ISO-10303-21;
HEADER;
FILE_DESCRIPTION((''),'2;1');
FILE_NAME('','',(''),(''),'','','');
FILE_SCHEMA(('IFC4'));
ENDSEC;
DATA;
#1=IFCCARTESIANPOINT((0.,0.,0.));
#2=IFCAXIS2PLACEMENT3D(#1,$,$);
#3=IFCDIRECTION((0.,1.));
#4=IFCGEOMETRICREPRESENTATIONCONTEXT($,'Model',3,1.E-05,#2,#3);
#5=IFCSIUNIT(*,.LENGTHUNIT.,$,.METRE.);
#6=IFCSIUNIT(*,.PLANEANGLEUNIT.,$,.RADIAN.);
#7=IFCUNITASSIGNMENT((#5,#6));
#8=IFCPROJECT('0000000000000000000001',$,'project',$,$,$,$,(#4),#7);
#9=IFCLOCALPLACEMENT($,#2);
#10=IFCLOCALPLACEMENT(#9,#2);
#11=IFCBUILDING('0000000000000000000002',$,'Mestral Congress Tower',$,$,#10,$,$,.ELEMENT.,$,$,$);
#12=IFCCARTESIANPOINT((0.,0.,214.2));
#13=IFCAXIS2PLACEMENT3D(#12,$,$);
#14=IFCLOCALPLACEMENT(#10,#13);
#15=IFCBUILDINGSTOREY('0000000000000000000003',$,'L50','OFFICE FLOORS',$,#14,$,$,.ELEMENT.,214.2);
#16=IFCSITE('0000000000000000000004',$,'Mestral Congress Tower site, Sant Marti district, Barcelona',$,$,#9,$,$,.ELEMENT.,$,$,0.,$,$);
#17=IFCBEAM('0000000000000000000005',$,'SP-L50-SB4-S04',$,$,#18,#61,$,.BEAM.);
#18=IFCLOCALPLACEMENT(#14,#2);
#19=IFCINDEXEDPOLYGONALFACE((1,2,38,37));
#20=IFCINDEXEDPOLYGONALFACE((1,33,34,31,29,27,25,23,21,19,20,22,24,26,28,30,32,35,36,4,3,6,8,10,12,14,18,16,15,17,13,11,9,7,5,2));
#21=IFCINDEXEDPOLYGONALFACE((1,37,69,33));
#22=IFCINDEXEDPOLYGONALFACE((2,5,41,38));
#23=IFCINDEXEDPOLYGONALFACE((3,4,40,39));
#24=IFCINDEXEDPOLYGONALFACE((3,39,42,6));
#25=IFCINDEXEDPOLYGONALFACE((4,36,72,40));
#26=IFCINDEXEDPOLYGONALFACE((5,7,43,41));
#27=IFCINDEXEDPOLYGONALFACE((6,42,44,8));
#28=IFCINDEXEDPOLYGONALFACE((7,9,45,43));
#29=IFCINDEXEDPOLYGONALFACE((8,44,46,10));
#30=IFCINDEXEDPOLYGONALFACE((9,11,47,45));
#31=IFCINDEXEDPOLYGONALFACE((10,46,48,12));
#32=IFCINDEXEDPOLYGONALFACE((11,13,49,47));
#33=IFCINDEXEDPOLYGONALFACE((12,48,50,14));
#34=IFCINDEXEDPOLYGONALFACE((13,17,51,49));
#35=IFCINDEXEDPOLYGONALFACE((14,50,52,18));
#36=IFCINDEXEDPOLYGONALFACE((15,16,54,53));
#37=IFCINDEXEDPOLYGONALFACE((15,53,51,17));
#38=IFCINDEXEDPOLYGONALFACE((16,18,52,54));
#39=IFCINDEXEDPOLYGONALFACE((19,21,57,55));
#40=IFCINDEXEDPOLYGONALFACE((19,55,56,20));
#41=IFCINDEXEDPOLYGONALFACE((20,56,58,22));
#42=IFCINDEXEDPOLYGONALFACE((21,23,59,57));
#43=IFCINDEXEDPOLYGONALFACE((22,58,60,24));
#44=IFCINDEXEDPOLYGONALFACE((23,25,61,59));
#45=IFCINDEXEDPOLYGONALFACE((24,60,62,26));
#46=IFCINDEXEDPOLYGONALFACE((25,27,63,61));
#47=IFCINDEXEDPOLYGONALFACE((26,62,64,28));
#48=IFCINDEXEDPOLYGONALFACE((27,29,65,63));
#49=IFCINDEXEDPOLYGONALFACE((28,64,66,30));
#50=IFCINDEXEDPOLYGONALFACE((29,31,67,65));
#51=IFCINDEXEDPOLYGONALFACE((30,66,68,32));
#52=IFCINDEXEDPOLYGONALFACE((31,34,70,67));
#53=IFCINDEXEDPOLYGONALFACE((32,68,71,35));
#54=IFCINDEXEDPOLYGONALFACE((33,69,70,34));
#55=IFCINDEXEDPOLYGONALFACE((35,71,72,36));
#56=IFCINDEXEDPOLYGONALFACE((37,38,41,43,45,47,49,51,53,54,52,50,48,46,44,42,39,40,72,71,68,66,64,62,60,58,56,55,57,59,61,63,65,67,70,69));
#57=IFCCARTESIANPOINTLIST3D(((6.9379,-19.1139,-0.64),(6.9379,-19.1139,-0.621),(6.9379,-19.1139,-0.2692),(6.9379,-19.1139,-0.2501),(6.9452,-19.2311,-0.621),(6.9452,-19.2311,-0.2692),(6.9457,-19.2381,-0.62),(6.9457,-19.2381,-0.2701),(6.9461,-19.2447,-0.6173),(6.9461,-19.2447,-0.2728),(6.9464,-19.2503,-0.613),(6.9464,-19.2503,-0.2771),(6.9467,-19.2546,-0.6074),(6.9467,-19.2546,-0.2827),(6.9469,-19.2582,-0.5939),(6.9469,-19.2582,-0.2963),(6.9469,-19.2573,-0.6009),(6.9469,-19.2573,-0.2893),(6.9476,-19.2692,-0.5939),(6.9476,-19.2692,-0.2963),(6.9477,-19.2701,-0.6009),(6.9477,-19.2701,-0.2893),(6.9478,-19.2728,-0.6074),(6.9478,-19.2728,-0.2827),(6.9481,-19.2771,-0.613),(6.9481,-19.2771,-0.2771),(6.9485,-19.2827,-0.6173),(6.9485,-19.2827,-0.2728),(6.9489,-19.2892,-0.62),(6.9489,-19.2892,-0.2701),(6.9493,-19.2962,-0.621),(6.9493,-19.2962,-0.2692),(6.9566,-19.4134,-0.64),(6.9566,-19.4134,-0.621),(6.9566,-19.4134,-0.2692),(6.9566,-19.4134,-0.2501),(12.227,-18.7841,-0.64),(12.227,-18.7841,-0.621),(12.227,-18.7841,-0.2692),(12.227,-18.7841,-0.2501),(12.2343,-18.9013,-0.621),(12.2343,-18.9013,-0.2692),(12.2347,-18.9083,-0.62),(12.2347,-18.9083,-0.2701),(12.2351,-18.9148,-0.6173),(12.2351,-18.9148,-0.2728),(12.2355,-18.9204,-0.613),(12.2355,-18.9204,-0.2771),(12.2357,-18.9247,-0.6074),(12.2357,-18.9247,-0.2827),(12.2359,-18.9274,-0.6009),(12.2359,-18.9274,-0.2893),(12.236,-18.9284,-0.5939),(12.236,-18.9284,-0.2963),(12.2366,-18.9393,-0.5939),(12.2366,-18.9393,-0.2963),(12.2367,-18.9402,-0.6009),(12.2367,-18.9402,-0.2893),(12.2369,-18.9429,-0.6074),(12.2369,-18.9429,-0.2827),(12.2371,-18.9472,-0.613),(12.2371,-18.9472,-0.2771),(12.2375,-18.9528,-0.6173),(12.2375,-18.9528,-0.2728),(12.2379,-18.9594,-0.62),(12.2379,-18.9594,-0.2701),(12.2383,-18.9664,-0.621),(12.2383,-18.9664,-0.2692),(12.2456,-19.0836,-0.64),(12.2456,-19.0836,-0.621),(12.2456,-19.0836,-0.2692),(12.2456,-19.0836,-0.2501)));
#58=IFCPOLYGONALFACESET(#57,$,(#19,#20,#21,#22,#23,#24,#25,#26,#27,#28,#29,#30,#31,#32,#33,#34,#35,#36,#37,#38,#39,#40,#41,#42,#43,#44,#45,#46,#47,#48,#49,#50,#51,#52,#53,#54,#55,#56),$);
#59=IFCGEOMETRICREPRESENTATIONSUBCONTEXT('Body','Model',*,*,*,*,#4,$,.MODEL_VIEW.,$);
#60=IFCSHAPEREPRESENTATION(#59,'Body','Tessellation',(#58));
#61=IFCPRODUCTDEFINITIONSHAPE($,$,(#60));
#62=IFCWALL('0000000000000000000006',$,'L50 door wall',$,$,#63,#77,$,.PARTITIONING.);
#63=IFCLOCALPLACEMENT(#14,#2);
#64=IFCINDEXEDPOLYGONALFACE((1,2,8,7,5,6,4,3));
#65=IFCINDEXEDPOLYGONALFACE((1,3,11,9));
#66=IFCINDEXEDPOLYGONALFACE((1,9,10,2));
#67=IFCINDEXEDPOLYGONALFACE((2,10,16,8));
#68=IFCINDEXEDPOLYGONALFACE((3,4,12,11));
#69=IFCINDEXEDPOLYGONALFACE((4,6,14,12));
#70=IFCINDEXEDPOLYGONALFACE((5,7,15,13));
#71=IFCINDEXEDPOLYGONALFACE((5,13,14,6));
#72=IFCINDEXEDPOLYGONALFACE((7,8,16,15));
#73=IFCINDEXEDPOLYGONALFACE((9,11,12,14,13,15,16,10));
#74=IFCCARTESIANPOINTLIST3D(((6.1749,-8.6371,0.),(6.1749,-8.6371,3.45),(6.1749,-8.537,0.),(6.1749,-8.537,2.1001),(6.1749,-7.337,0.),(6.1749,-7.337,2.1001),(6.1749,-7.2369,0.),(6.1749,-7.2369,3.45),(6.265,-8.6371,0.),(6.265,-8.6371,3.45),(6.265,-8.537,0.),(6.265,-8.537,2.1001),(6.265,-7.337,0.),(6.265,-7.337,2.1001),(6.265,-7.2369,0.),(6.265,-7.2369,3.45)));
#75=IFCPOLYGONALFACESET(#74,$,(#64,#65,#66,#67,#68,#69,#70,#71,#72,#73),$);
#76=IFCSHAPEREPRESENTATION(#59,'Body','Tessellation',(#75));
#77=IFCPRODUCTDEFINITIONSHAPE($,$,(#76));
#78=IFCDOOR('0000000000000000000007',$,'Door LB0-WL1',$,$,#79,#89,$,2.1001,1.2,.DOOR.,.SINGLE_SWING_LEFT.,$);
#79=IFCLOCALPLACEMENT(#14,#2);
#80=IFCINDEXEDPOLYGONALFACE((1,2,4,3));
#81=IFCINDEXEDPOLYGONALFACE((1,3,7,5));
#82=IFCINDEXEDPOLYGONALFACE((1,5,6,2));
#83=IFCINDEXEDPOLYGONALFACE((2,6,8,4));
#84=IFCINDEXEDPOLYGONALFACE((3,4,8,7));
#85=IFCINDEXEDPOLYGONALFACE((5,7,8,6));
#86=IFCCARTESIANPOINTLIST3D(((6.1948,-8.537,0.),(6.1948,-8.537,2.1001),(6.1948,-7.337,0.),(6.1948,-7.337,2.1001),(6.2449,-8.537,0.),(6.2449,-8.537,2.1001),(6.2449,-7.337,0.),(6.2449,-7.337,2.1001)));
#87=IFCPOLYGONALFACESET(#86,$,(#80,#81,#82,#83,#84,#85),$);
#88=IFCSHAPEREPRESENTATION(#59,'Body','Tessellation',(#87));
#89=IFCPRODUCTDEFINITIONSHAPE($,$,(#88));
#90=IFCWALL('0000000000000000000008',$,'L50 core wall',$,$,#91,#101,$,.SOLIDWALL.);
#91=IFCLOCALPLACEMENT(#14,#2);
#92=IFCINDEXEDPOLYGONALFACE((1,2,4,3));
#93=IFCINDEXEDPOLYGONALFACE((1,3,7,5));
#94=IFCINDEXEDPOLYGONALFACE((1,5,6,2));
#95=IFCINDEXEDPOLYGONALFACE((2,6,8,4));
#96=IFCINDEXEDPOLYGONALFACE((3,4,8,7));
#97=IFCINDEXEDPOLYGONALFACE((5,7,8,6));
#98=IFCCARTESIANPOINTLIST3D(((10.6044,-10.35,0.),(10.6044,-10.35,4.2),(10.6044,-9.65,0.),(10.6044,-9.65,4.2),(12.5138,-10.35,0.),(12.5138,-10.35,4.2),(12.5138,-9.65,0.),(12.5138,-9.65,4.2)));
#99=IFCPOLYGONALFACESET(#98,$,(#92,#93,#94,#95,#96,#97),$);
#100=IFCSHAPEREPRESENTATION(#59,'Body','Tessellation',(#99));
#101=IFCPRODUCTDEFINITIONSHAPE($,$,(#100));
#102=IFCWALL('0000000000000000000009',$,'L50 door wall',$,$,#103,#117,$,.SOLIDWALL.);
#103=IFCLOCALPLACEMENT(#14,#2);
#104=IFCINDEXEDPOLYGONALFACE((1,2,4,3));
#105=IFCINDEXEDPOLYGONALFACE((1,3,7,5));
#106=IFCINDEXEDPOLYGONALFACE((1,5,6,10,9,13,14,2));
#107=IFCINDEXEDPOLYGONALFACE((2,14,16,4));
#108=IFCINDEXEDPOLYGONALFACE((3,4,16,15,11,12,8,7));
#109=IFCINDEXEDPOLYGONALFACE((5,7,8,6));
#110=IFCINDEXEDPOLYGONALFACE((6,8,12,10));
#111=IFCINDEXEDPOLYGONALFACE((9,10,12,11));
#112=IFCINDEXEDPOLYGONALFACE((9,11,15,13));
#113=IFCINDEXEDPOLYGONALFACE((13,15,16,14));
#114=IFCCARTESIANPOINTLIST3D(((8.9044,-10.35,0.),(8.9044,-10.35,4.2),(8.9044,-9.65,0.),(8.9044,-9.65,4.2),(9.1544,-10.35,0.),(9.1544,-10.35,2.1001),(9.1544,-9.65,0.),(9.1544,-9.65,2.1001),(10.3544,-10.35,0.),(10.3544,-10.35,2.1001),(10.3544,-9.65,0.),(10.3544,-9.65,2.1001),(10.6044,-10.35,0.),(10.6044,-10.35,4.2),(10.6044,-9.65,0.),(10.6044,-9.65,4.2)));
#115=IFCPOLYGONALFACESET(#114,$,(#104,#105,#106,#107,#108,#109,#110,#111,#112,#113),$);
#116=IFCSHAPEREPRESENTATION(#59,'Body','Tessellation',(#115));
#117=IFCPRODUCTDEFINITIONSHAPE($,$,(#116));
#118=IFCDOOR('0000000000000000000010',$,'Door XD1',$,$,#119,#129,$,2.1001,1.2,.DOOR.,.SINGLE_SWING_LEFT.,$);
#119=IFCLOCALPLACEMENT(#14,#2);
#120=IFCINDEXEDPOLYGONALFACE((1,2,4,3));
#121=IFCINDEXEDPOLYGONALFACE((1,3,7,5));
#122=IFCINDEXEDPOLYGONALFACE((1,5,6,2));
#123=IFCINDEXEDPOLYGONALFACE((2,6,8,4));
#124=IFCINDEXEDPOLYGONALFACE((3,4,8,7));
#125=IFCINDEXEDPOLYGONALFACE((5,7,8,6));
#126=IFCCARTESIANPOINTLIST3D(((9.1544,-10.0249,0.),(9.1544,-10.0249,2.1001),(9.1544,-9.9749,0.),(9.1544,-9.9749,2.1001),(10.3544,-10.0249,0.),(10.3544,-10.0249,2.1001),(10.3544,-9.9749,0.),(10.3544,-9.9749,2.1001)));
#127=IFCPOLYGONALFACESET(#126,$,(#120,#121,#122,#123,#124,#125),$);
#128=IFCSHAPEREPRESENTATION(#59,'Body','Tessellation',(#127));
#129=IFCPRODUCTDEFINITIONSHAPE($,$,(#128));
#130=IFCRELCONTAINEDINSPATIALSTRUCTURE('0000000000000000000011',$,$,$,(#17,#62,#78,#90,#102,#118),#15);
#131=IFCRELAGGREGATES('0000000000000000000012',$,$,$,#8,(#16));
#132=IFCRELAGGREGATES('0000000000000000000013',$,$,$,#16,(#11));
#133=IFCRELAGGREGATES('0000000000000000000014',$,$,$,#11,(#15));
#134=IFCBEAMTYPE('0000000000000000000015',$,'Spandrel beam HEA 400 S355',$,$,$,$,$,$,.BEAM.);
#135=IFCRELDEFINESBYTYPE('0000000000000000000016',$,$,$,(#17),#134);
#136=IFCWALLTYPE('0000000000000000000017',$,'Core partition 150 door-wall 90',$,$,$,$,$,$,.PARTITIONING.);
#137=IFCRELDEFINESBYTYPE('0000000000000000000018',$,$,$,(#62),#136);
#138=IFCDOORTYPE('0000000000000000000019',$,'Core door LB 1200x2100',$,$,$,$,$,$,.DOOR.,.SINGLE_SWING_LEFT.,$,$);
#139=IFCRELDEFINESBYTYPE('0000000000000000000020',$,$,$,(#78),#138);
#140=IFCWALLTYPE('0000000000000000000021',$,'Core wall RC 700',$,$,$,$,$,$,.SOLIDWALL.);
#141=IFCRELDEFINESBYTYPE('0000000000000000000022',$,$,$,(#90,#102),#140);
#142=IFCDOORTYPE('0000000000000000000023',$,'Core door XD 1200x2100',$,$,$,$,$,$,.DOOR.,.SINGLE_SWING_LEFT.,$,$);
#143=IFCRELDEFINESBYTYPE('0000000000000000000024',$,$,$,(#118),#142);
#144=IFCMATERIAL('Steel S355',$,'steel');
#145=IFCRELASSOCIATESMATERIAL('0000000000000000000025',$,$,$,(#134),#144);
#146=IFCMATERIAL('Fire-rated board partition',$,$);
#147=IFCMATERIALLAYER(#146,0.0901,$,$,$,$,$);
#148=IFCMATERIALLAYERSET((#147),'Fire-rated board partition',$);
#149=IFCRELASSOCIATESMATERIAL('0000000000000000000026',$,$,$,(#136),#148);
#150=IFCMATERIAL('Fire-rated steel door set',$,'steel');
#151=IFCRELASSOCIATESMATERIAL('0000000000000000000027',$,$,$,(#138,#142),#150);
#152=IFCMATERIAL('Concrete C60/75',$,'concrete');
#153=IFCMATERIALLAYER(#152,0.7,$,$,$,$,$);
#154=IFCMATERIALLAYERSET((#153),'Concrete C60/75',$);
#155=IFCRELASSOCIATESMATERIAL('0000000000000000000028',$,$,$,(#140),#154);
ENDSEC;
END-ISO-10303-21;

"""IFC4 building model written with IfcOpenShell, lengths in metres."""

from ifc_helpers import new_model, si_unit, direction, frame, frame_2d, origin, origin_2d, place, context, subcontext, project, spatial, rectangle, i_section, extrude, material, layer, layer_set, material_profile, profile_set, type_object, element, fill, save


model = new_model("IFC4")

# Units and contexts
model_context = context("Model", 3, precision=1e-05, world=origin(), true_north=direction((0.0, 1.0)))
body_context = subcontext(model_context, "Body", "Model", "MODEL_VIEW")
ifc_project = project(units=[si_unit("LENGTHUNIT", "METRE"), si_unit("PLANEANGLEUNIT", "RADIAN")], contexts=[model_context])

# Site, building, storey
site_placement = place(None, origin())
site = spatial("IfcSite", under=ifc_project, at=site_placement, Name="Mestral Congress Tower site, Sant Marti district, Barcelona", CompositionType="ELEMENT", RefElevation=0.0)
building_placement = place(site_placement, origin())
building = spatial("IfcBuilding", under=site, at=building_placement, Name="Mestral Congress Tower", CompositionType="ELEMENT")
storey_placement = place(building_placement, frame((0.0, 0.0, 214.2)))
storey = spatial("IfcBuildingStorey", under=building, at=storey_placement, Name="L50", Description="OFFICE FLOORS", CompositionType="ELEMENT", Elevation=214.2)

# Shared definitions
ifc_material_1 = material(Name="Concrete C60/75", Category="concrete")

# Beam
ifc_material_2 = material(Name="Steel S355", Category="steel")
ifc_material_profile_1 = material_profile(ifc_material_2, i_section(OverallWidth=0.3, OverallDepth=0.3899, WebThickness=0.011, FlangeThickness=0.019, FilletRadius=0.0271, at=origin_2d()), Name="HEA 400")
ifc_profile_set_1 = profile_set([ifc_material_profile_1], Name="Steel S355")
beam_type_1 = type_object("IfcBeamType", Name="Spandrel beam HEA 400 S355", PredefinedType="BEAM", material=ifc_profile_set_1)
for number, where, z_axis, x_axis, name in (
    (1, (6.9473, -19.2637, -0.4451), (0.998061, 0.062241, 0.0), (-0.062241, 0.998061, 0.0), "SP-L50-SB4-S04"),
):
    element("IfcBeam", number, at=place(storey_placement, frame(where, z_axis=z_axis, x_axis=x_axis)), inside=storey, type_object=beam_type_1, Name=name, PredefinedType="BEAM", context=body_context, shape_type="SweptSolid", body=[
        extrude(i_section(OverallWidth=0.3, OverallDepth=0.3899, WebThickness=0.011, FlangeThickness=0.019, FilletRadius=0.0271, at=origin_2d()), origin(), (0.0, 0.0, 1.0), 5.2993),
    ])

# Wall, opening, door
ifc_material_3 = material(Name="Fire-rated board partition")
ifc_layer_1 = layer(ifc_material_3, 0.0901)
ifc_layer_set_1 = layer_set([ifc_layer_1], Name="Fire-rated board partition")
wall_type_1 = type_object("IfcWallType", Name="Core partition 150 door-wall 90", PredefinedType="PARTITIONING", material=ifc_layer_set_1)
wall_1_placement = place(storey_placement, frame((6.22, -7.2368, 0.0), z_axis=(0.0, 0.0, 1.0), x_axis=(0.0, -1.0, 0.0)))
wall_1 = element("IfcWall", 2, at=wall_1_placement, inside=storey, type_object=wall_type_1, Name="L50 door wall", PredefinedType="PARTITIONING", context=body_context, shape_type="SweptSolid", body=[
    extrude(rectangle(XDim=1.4001, YDim=0.0901, at=frame_2d((0.7002, 0.0))), origin(), (0.0, 0.0, 1.0), 3.45),
])
opening_1_placement = place(wall_1_placement, frame((0.1001, 0.0, 0.0)))
opening_1 = element("IfcOpeningElement", 3, at=opening_1_placement, cuts=wall_1, PredefinedType="OPENING", context=body_context, shape_type="SweptSolid", body=[
    extrude(rectangle(XDim=1.2, YDim=2.1001, at=frame_2d((0.6001, 1.05))), frame((0.0, 0.0549, 0.0), z_axis=(0.0, -1.0, 0.0), x_axis=(1.0, 0.0, 0.0)), (0.0, 0.0, 1.0), 0.1101),
])
ifc_material_4 = material(Name="Fire-rated steel door set", Category="steel")
door_type_1 = type_object("IfcDoorType", Name="Core door LB 1200x2100", OperationType="SINGLE_SWING_LEFT", PredefinedType="DOOR", material=ifc_material_4)
door_1_placement = place(opening_1_placement, origin())
door_1 = element("IfcDoor", 4, at=door_1_placement, inside=storey, type_object=door_type_1, Name="Door LB0-WL1", OperationType="SINGLE_SWING_LEFT", OverallHeight=2.1001, OverallWidth=1.2, PredefinedType="DOOR", context=body_context, shape_type="SweptSolid", body=[
    extrude(rectangle(XDim=1.2, YDim=2.1001, at=frame_2d((0.6001, 1.05))), frame((0.0, 0.0249, 0.0), z_axis=(0.0, -1.0, 0.0), x_axis=(1.0, 0.0, 0.0)), (0.0, 0.0, 1.0), 0.05),
])
fill(opening_1, door_1)

# Wall
ifc_layer_2 = layer(ifc_material_1, 0.7)
ifc_layer_set_2 = layer_set([ifc_layer_2], Name="Concrete C60/75")
wall_type_2 = type_object("IfcWallType", Name="Core wall RC 700", PredefinedType="SOLIDWALL", material=ifc_layer_set_2)
wall_2_placement = place(storey_placement, frame((10.6045, -10.0, 0.0), z_axis=(0.0, 0.0, 1.0), x_axis=(1.0, 0.0, 0.0)))
element("IfcWall", 5, at=wall_2_placement, inside=storey, type_object=wall_type_2, Name="L50 core wall", PredefinedType="SOLIDWALL", context=body_context, shape_type="SweptSolid", body=[
    extrude(rectangle(XDim=1.9094, YDim=0.7, at=frame_2d((0.9546, 0.0))), origin(), (0.0, 0.0, 1.0), 4.2),
])

# Wall, opening, door
wall_3_placement = place(storey_placement, frame((10.6045, -10.0, 0.0), z_axis=(0.0, 0.0, 1.0), x_axis=(-1.0, 0.0, 0.0)))
wall_3 = element("IfcWall", 6, at=wall_3_placement, inside=storey, type_object=wall_type_2, Name="L50 door wall", PredefinedType="SOLIDWALL", context=body_context, shape_type="SweptSolid", body=[
    extrude(rectangle(XDim=1.7, YDim=0.7, at=frame_2d((0.8501, 0.0))), origin(), (0.0, 0.0, 1.0), 4.2),
])
opening_2_placement = place(wall_3_placement, frame((0.25, 0.0, 0.0)))
opening_2 = element("IfcOpeningElement", 7, at=opening_2_placement, cuts=wall_3, PredefinedType="OPENING", context=body_context, shape_type="SweptSolid", body=[
    extrude(rectangle(XDim=1.2, YDim=2.1001, at=frame_2d((0.6001, 1.05))), frame((0.0, 0.3599, 0.0), z_axis=(0.0, -1.0, 0.0), x_axis=(1.0, 0.0, 0.0)), (0.0, 0.0, 1.0), 0.72),
])
door_type_2 = type_object("IfcDoorType", Name="Core door XD 1200x2100", OperationType="SINGLE_SWING_LEFT", PredefinedType="DOOR", material=ifc_material_4)
door_2_placement = place(opening_2_placement, origin())
door_2 = element("IfcDoor", 8, at=door_2_placement, inside=storey, type_object=door_type_2, Name="Door XD1", OperationType="SINGLE_SWING_LEFT", OverallHeight=2.1001, OverallWidth=1.2, PredefinedType="DOOR", context=body_context, shape_type="SweptSolid", body=[
    extrude(rectangle(XDim=1.2, YDim=2.1001, at=frame_2d((0.6001, 1.05))), frame((0.0, 0.0249, 0.0), z_axis=(0.0, -1.0, 0.0), x_axis=(1.0, 0.0, 0.0)), (0.0, 0.0, 1.0), 0.05),
])
fill(opening_2, door_2)

save(model, "model.ifc")
